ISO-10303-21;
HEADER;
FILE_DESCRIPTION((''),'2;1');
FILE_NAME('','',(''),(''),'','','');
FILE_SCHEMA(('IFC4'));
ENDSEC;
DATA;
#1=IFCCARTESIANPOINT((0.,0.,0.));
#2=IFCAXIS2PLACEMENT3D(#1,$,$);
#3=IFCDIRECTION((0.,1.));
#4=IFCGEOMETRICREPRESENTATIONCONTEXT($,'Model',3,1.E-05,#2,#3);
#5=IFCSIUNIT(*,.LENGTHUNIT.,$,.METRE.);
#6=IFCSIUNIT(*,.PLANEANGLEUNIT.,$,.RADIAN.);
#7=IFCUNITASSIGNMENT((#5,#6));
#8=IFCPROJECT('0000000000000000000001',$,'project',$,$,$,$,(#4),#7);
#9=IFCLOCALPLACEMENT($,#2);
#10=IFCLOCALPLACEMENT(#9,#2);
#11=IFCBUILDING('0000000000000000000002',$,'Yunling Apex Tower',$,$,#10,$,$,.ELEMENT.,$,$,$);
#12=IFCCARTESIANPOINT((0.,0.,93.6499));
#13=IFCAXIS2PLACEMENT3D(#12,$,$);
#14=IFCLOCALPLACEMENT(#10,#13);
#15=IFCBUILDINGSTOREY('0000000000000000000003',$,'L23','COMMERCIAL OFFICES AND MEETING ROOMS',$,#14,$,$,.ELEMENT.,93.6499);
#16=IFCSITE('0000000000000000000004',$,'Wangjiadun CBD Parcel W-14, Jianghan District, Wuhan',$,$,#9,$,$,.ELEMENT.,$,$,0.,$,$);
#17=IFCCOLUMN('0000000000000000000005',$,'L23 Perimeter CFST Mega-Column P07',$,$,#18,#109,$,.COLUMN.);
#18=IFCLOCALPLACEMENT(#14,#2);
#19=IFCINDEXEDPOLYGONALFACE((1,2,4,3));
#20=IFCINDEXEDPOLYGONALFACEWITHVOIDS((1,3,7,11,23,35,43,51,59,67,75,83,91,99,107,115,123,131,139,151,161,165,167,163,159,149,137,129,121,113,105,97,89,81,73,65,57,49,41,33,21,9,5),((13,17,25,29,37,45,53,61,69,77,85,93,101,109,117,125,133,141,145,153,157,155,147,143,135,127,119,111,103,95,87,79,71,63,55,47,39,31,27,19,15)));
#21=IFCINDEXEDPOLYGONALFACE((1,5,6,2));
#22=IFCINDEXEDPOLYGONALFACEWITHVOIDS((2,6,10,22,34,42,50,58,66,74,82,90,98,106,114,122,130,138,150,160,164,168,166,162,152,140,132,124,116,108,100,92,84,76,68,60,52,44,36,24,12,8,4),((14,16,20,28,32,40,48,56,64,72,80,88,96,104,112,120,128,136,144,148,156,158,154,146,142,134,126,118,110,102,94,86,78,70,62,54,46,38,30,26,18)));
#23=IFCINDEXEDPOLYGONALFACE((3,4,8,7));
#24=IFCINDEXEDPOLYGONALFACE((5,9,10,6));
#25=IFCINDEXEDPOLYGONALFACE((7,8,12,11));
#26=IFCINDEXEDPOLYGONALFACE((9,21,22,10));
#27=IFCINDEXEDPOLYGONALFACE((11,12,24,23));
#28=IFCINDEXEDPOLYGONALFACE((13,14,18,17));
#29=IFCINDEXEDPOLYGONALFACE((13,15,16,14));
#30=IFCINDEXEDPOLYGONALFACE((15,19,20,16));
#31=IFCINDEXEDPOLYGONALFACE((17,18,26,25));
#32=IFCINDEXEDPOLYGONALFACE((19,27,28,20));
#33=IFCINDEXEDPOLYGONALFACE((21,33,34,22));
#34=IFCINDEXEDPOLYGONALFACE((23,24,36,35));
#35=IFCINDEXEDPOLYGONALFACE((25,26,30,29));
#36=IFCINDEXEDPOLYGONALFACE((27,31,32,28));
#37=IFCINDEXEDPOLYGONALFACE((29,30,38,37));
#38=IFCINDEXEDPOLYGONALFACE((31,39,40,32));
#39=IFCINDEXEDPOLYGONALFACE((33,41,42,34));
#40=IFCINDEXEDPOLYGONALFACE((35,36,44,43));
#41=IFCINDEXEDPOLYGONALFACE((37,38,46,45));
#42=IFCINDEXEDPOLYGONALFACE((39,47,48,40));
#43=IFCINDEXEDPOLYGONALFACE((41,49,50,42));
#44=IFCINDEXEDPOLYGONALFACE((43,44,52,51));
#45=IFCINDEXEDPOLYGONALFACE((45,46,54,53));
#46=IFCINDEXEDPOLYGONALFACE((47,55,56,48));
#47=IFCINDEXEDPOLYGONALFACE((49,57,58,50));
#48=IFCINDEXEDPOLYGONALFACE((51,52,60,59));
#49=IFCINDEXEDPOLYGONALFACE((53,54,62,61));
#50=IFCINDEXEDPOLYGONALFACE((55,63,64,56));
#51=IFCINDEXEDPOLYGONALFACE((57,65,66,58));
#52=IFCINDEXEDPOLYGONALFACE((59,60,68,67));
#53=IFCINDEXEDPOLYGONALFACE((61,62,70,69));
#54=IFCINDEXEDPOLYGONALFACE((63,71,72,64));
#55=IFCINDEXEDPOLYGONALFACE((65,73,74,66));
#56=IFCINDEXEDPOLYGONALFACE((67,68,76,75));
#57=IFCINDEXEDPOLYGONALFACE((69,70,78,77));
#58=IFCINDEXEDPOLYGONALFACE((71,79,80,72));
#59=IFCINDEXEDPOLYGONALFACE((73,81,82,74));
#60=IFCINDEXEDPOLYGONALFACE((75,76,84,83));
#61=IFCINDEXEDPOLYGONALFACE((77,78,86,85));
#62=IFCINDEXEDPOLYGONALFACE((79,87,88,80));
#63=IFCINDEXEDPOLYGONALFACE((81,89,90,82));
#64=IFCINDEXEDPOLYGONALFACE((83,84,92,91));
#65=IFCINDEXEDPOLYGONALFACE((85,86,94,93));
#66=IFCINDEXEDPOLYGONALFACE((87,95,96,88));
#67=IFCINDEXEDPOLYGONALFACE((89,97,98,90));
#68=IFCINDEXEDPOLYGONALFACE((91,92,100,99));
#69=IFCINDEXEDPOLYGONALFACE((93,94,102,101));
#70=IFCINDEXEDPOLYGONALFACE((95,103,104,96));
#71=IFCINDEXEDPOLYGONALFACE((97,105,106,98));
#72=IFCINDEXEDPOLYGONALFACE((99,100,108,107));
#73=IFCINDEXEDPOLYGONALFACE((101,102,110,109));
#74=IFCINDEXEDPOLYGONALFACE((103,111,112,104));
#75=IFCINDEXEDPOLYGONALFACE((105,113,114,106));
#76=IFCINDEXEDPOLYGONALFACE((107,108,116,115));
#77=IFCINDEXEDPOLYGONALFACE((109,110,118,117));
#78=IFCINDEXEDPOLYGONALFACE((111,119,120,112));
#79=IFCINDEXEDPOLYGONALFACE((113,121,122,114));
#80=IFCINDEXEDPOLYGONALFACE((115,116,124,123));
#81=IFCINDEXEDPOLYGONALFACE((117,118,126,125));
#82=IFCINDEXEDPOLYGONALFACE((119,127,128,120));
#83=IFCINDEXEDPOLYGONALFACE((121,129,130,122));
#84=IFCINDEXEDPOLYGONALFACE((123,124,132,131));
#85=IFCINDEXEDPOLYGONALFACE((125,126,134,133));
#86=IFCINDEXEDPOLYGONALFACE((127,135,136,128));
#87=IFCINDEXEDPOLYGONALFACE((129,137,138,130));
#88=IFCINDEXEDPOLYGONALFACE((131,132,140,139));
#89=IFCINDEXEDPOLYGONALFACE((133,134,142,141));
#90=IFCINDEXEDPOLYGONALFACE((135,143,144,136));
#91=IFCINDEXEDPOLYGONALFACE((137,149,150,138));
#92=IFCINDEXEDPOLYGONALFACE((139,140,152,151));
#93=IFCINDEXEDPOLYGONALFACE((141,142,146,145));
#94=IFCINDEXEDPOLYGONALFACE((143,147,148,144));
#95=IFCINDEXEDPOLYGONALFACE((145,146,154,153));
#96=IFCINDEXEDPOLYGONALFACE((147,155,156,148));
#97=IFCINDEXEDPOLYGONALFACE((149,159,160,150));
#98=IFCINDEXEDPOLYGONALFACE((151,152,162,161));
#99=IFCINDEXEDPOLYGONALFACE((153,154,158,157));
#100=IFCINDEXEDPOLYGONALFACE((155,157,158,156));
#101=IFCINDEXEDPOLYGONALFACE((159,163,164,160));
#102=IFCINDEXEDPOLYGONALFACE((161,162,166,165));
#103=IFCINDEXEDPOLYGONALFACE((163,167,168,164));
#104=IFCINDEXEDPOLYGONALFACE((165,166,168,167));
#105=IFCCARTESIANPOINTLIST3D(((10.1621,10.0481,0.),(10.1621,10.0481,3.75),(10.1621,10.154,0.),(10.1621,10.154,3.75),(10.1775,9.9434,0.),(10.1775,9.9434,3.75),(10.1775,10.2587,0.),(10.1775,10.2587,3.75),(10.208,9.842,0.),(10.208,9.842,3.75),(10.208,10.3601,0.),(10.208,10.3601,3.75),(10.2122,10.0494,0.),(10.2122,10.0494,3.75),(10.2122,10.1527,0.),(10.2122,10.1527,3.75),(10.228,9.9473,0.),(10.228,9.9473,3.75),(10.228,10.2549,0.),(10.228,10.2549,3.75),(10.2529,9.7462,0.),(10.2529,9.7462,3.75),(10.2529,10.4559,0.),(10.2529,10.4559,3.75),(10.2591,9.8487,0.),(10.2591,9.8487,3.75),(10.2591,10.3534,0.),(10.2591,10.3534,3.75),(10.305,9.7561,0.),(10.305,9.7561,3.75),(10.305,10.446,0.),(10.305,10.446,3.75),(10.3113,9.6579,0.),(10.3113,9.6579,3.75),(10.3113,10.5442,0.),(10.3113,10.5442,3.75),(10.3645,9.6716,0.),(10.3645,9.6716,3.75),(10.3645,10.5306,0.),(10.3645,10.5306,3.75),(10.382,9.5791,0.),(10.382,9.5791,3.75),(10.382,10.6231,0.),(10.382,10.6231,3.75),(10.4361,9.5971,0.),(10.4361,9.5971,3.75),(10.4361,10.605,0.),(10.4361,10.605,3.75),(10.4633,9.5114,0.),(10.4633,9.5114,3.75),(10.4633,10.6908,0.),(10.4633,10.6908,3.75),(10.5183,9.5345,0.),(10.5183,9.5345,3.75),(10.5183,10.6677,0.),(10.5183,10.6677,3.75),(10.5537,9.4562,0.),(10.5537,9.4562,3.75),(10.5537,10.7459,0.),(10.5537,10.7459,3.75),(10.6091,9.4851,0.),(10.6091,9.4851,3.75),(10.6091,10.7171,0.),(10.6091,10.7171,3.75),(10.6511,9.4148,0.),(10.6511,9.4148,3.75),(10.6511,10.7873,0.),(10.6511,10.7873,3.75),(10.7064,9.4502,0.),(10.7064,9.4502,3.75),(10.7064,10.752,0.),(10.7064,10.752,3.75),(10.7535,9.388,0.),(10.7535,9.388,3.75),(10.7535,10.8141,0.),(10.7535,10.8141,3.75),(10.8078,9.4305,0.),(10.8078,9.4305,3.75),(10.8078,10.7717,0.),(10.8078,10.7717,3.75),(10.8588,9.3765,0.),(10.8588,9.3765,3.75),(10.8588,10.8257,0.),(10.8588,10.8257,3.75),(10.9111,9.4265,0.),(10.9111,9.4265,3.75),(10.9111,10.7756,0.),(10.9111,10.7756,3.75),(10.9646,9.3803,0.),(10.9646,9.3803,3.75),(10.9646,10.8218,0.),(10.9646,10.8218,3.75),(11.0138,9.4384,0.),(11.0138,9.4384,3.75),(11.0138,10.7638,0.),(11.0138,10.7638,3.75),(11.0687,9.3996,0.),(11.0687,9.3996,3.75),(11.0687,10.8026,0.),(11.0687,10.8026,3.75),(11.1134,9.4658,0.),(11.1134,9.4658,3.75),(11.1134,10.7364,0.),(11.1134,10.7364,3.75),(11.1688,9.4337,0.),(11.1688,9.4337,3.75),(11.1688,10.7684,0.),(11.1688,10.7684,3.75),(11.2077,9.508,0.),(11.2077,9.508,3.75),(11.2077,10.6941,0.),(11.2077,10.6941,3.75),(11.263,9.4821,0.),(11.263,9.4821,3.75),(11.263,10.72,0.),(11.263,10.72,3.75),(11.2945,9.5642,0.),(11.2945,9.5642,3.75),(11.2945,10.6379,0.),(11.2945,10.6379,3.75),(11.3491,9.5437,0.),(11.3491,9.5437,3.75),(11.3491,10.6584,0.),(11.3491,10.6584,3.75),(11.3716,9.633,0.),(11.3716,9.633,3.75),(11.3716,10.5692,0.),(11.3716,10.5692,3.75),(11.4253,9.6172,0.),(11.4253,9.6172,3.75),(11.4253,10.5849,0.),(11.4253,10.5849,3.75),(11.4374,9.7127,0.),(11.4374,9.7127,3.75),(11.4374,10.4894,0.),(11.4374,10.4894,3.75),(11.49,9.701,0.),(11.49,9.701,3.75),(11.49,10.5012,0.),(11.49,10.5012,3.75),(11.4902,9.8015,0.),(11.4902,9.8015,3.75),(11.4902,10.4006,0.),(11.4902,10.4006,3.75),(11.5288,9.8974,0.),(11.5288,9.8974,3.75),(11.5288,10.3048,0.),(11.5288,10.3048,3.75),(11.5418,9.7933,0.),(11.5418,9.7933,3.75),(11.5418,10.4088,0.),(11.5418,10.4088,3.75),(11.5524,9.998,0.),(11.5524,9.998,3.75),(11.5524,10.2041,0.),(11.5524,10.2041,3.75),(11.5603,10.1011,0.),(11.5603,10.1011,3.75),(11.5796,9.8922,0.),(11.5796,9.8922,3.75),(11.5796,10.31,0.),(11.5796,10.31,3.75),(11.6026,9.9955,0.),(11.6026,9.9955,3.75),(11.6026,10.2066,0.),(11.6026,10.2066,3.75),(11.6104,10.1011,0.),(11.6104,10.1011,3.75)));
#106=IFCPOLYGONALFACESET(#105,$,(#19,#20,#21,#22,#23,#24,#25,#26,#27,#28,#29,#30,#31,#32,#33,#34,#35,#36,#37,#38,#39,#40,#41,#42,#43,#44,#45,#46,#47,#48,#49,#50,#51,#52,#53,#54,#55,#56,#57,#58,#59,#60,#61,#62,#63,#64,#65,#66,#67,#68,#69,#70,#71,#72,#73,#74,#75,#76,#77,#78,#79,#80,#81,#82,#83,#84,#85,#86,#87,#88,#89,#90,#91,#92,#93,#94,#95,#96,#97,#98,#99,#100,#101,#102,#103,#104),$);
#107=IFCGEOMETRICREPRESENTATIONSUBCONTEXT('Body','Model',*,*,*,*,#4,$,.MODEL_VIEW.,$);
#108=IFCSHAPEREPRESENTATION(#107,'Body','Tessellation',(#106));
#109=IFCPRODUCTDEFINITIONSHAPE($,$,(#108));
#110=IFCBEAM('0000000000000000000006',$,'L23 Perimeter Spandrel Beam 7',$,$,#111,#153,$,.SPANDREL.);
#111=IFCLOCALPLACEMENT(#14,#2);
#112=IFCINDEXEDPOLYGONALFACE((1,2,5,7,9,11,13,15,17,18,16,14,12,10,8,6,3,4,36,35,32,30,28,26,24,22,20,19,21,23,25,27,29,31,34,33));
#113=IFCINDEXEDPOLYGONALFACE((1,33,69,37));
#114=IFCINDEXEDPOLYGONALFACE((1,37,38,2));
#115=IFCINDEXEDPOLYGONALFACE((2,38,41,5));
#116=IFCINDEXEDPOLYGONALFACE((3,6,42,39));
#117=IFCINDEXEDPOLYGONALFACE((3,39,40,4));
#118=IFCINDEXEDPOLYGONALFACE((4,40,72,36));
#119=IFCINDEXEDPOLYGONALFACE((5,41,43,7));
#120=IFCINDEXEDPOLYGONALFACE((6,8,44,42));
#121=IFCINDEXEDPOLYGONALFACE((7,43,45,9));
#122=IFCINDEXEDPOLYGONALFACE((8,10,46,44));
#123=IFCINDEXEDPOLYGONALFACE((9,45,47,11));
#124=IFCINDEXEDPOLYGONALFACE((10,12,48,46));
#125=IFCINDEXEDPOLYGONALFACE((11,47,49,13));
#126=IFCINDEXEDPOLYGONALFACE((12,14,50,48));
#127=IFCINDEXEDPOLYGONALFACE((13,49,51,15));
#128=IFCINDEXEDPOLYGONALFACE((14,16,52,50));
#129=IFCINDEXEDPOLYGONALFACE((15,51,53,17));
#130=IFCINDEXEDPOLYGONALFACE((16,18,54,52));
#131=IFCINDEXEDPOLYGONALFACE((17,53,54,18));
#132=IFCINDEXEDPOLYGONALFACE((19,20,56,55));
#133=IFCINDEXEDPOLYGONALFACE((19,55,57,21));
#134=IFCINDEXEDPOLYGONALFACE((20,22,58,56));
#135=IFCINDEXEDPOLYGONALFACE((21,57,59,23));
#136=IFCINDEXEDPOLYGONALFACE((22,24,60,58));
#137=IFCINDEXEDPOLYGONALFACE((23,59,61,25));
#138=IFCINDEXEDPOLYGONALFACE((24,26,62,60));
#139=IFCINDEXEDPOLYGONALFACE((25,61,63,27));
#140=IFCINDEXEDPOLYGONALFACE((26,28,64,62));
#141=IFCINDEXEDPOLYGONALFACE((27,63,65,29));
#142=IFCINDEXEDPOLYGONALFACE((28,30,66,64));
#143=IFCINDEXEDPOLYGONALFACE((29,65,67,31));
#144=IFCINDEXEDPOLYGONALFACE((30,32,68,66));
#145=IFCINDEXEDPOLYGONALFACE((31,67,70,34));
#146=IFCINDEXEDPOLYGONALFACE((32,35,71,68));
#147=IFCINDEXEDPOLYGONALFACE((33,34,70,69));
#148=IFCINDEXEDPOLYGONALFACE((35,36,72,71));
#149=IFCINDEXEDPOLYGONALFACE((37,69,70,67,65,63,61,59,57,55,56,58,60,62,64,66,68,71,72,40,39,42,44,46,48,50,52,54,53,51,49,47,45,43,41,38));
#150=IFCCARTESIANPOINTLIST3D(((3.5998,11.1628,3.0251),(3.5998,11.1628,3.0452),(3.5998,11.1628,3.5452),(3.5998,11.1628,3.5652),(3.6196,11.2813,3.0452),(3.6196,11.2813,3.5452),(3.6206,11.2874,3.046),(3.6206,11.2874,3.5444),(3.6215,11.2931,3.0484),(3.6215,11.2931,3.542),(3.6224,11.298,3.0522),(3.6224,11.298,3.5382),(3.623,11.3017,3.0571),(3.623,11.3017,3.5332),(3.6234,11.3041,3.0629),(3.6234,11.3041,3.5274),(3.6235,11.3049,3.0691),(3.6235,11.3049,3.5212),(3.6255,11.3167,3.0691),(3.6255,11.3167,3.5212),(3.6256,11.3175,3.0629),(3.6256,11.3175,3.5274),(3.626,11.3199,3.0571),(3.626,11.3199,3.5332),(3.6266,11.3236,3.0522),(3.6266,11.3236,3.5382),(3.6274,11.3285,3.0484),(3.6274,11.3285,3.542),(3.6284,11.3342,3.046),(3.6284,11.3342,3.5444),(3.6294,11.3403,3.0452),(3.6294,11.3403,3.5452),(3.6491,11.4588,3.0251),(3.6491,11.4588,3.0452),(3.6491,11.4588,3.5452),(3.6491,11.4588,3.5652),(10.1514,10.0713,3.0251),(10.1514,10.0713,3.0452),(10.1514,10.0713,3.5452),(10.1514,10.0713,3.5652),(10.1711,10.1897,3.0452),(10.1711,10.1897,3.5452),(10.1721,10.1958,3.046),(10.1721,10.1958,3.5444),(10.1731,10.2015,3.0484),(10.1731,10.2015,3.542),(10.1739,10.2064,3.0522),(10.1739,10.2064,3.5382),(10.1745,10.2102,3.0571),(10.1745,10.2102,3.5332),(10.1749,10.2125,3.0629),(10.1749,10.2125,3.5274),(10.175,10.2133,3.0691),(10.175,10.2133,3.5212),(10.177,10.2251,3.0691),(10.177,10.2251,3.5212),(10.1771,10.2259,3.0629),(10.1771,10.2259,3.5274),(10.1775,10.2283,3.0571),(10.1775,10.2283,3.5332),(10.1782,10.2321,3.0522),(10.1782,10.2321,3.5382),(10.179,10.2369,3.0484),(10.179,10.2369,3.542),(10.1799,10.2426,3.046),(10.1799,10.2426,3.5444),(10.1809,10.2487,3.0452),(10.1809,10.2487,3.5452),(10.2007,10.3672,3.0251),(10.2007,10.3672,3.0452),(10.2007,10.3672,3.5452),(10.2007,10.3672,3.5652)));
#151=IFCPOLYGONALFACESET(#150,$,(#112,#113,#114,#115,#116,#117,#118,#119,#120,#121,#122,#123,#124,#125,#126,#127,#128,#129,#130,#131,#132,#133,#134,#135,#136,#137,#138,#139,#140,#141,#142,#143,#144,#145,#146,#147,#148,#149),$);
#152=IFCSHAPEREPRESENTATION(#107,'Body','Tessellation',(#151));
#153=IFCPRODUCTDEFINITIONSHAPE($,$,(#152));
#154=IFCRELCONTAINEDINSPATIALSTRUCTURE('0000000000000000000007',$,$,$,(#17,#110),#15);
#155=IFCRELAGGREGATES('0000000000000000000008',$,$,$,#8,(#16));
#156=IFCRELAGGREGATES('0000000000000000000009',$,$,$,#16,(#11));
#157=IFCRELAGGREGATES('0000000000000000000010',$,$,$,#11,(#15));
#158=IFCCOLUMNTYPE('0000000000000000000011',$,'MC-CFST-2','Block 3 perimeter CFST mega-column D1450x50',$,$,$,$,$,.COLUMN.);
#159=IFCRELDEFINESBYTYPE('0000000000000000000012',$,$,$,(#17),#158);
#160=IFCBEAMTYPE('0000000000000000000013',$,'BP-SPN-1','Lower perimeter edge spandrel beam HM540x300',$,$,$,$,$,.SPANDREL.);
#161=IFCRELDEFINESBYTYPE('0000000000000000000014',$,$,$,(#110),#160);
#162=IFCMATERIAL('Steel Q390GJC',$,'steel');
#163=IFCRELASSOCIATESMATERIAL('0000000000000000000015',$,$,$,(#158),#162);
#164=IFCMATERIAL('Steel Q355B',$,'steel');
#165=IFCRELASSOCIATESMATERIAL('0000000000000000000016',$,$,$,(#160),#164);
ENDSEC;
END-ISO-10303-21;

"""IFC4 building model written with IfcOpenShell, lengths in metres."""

from ifc_helpers import new_model, si_unit, direction, frame, origin, origin_2d, place, context, subcontext, project, spatial, hollow_circle, i_section, extrude, source, transform, mapped, material, material_profile, profile_set, type_object, element, save


model = new_model("IFC4")

# Units and contexts
model_context = context("Model", 3, precision=1e-05, world=origin(), true_north=direction((0.0, 1.0)))
body_context = subcontext(model_context, "Body", "Model", "MODEL_VIEW")
ifc_project = project(units=[si_unit("LENGTHUNIT", "METRE"), si_unit("PLANEANGLEUNIT", "RADIAN")], contexts=[model_context])

# Site, building, storey
site_placement = place(None, origin())
site = spatial("IfcSite", under=ifc_project, at=site_placement, Name="Wangjiadun CBD Parcel W-14, Jianghan District, Wuhan", CompositionType="ELEMENT", RefElevation=0.0)
building_placement = place(site_placement, origin())
building = spatial("IfcBuilding", under=site, at=building_placement, Name="Yunling Apex Tower", CompositionType="ELEMENT")
storey_placement = place(building_placement, frame((0.0, 0.0, 93.6499)))
storey = spatial("IfcBuildingStorey", under=building, at=storey_placement, Name="L23", Description="COMMERCIAL OFFICES AND MEETING ROOMS", CompositionType="ELEMENT", Elevation=93.6499)

# Column
ifc_material_1 = material(Name="Steel Q390GJC", Category="steel")
ifc_material_profile_1 = material_profile(ifc_material_1, hollow_circle(Radius=0.7251, WallThickness=0.05, at=origin_2d()))
ifc_profile_set_1 = profile_set([ifc_material_profile_1], Name="Steel Q390GJC")
column_type = type_object("IfcColumnType", Name="MC-CFST-2", Description="Block 3 perimeter CFST mega-column D1450x50", PredefinedType="COLUMN", material=ifc_profile_set_1)
shared_shape_1 = source(origin(), body_context, "Body", "SweptSolid", [
    extrude(hollow_circle(Radius=0.7251, WallThickness=0.05, at=origin_2d()), origin(), (0.0, 0.0, 1.0), 3.75),
])
column_placement = place(storey_placement, frame((10.8853, 10.1011, 0.0), z_axis=(0.0, 0.0, 1.0), x_axis=(1.0, 0.0, 0.0)))
element("IfcColumn", 1, at=column_placement, inside=storey, type_object=column_type, Name="L23 Perimeter CFST Mega-Column P07", PredefinedType="COLUMN", context=body_context, shape_type="MappedRepresentation", body=[
    mapped(shared_shape_1, transform((0.0, 0.0, 0.0), scale=1.0)),
])

# Beam
ifc_material_2 = material(Name="Steel Q355B", Category="steel")
ifc_material_profile_2 = material_profile(ifc_material_2, i_section(OverallWidth=0.3, OverallDepth=0.54, WebThickness=0.012, FlangeThickness=0.02, FilletRadius=0.0239, at=origin_2d()))
ifc_profile_set_2 = profile_set([ifc_material_profile_2], Name="Steel Q355B")
beam_type_1 = type_object("IfcBeamType", Name="BP-SPN-1", Description="Lower perimeter edge spandrel beam HM540x300", PredefinedType="SPANDREL", material=ifc_profile_set_2)
shared_shape_2 = source(origin(), body_context, "Body", "SweptSolid", [
    extrude(i_section(OverallWidth=0.3, OverallDepth=0.54, WebThickness=0.012, FlangeThickness=0.02, FilletRadius=0.0239, at=origin_2d()), origin(), (0.0, 0.0, 1.0), 6.6418),
])
beam_1_placement = place(storey_placement, frame((10.176, 10.2192, 3.2952), z_axis=(-0.986403, 0.164345, 0.0), x_axis=(-0.164345, -0.986403, 0.0)))
element("IfcBeam", 2, at=beam_1_placement, inside=storey, type_object=beam_type_1, Name="L23 Perimeter Spandrel Beam 7", PredefinedType="SPANDREL", context=body_context, shape_type="MappedRepresentation", body=[
    mapped(shared_shape_2, transform((0.0, 0.0, 0.0), scale=1.0)),
])

save(model, "model.ifc")
